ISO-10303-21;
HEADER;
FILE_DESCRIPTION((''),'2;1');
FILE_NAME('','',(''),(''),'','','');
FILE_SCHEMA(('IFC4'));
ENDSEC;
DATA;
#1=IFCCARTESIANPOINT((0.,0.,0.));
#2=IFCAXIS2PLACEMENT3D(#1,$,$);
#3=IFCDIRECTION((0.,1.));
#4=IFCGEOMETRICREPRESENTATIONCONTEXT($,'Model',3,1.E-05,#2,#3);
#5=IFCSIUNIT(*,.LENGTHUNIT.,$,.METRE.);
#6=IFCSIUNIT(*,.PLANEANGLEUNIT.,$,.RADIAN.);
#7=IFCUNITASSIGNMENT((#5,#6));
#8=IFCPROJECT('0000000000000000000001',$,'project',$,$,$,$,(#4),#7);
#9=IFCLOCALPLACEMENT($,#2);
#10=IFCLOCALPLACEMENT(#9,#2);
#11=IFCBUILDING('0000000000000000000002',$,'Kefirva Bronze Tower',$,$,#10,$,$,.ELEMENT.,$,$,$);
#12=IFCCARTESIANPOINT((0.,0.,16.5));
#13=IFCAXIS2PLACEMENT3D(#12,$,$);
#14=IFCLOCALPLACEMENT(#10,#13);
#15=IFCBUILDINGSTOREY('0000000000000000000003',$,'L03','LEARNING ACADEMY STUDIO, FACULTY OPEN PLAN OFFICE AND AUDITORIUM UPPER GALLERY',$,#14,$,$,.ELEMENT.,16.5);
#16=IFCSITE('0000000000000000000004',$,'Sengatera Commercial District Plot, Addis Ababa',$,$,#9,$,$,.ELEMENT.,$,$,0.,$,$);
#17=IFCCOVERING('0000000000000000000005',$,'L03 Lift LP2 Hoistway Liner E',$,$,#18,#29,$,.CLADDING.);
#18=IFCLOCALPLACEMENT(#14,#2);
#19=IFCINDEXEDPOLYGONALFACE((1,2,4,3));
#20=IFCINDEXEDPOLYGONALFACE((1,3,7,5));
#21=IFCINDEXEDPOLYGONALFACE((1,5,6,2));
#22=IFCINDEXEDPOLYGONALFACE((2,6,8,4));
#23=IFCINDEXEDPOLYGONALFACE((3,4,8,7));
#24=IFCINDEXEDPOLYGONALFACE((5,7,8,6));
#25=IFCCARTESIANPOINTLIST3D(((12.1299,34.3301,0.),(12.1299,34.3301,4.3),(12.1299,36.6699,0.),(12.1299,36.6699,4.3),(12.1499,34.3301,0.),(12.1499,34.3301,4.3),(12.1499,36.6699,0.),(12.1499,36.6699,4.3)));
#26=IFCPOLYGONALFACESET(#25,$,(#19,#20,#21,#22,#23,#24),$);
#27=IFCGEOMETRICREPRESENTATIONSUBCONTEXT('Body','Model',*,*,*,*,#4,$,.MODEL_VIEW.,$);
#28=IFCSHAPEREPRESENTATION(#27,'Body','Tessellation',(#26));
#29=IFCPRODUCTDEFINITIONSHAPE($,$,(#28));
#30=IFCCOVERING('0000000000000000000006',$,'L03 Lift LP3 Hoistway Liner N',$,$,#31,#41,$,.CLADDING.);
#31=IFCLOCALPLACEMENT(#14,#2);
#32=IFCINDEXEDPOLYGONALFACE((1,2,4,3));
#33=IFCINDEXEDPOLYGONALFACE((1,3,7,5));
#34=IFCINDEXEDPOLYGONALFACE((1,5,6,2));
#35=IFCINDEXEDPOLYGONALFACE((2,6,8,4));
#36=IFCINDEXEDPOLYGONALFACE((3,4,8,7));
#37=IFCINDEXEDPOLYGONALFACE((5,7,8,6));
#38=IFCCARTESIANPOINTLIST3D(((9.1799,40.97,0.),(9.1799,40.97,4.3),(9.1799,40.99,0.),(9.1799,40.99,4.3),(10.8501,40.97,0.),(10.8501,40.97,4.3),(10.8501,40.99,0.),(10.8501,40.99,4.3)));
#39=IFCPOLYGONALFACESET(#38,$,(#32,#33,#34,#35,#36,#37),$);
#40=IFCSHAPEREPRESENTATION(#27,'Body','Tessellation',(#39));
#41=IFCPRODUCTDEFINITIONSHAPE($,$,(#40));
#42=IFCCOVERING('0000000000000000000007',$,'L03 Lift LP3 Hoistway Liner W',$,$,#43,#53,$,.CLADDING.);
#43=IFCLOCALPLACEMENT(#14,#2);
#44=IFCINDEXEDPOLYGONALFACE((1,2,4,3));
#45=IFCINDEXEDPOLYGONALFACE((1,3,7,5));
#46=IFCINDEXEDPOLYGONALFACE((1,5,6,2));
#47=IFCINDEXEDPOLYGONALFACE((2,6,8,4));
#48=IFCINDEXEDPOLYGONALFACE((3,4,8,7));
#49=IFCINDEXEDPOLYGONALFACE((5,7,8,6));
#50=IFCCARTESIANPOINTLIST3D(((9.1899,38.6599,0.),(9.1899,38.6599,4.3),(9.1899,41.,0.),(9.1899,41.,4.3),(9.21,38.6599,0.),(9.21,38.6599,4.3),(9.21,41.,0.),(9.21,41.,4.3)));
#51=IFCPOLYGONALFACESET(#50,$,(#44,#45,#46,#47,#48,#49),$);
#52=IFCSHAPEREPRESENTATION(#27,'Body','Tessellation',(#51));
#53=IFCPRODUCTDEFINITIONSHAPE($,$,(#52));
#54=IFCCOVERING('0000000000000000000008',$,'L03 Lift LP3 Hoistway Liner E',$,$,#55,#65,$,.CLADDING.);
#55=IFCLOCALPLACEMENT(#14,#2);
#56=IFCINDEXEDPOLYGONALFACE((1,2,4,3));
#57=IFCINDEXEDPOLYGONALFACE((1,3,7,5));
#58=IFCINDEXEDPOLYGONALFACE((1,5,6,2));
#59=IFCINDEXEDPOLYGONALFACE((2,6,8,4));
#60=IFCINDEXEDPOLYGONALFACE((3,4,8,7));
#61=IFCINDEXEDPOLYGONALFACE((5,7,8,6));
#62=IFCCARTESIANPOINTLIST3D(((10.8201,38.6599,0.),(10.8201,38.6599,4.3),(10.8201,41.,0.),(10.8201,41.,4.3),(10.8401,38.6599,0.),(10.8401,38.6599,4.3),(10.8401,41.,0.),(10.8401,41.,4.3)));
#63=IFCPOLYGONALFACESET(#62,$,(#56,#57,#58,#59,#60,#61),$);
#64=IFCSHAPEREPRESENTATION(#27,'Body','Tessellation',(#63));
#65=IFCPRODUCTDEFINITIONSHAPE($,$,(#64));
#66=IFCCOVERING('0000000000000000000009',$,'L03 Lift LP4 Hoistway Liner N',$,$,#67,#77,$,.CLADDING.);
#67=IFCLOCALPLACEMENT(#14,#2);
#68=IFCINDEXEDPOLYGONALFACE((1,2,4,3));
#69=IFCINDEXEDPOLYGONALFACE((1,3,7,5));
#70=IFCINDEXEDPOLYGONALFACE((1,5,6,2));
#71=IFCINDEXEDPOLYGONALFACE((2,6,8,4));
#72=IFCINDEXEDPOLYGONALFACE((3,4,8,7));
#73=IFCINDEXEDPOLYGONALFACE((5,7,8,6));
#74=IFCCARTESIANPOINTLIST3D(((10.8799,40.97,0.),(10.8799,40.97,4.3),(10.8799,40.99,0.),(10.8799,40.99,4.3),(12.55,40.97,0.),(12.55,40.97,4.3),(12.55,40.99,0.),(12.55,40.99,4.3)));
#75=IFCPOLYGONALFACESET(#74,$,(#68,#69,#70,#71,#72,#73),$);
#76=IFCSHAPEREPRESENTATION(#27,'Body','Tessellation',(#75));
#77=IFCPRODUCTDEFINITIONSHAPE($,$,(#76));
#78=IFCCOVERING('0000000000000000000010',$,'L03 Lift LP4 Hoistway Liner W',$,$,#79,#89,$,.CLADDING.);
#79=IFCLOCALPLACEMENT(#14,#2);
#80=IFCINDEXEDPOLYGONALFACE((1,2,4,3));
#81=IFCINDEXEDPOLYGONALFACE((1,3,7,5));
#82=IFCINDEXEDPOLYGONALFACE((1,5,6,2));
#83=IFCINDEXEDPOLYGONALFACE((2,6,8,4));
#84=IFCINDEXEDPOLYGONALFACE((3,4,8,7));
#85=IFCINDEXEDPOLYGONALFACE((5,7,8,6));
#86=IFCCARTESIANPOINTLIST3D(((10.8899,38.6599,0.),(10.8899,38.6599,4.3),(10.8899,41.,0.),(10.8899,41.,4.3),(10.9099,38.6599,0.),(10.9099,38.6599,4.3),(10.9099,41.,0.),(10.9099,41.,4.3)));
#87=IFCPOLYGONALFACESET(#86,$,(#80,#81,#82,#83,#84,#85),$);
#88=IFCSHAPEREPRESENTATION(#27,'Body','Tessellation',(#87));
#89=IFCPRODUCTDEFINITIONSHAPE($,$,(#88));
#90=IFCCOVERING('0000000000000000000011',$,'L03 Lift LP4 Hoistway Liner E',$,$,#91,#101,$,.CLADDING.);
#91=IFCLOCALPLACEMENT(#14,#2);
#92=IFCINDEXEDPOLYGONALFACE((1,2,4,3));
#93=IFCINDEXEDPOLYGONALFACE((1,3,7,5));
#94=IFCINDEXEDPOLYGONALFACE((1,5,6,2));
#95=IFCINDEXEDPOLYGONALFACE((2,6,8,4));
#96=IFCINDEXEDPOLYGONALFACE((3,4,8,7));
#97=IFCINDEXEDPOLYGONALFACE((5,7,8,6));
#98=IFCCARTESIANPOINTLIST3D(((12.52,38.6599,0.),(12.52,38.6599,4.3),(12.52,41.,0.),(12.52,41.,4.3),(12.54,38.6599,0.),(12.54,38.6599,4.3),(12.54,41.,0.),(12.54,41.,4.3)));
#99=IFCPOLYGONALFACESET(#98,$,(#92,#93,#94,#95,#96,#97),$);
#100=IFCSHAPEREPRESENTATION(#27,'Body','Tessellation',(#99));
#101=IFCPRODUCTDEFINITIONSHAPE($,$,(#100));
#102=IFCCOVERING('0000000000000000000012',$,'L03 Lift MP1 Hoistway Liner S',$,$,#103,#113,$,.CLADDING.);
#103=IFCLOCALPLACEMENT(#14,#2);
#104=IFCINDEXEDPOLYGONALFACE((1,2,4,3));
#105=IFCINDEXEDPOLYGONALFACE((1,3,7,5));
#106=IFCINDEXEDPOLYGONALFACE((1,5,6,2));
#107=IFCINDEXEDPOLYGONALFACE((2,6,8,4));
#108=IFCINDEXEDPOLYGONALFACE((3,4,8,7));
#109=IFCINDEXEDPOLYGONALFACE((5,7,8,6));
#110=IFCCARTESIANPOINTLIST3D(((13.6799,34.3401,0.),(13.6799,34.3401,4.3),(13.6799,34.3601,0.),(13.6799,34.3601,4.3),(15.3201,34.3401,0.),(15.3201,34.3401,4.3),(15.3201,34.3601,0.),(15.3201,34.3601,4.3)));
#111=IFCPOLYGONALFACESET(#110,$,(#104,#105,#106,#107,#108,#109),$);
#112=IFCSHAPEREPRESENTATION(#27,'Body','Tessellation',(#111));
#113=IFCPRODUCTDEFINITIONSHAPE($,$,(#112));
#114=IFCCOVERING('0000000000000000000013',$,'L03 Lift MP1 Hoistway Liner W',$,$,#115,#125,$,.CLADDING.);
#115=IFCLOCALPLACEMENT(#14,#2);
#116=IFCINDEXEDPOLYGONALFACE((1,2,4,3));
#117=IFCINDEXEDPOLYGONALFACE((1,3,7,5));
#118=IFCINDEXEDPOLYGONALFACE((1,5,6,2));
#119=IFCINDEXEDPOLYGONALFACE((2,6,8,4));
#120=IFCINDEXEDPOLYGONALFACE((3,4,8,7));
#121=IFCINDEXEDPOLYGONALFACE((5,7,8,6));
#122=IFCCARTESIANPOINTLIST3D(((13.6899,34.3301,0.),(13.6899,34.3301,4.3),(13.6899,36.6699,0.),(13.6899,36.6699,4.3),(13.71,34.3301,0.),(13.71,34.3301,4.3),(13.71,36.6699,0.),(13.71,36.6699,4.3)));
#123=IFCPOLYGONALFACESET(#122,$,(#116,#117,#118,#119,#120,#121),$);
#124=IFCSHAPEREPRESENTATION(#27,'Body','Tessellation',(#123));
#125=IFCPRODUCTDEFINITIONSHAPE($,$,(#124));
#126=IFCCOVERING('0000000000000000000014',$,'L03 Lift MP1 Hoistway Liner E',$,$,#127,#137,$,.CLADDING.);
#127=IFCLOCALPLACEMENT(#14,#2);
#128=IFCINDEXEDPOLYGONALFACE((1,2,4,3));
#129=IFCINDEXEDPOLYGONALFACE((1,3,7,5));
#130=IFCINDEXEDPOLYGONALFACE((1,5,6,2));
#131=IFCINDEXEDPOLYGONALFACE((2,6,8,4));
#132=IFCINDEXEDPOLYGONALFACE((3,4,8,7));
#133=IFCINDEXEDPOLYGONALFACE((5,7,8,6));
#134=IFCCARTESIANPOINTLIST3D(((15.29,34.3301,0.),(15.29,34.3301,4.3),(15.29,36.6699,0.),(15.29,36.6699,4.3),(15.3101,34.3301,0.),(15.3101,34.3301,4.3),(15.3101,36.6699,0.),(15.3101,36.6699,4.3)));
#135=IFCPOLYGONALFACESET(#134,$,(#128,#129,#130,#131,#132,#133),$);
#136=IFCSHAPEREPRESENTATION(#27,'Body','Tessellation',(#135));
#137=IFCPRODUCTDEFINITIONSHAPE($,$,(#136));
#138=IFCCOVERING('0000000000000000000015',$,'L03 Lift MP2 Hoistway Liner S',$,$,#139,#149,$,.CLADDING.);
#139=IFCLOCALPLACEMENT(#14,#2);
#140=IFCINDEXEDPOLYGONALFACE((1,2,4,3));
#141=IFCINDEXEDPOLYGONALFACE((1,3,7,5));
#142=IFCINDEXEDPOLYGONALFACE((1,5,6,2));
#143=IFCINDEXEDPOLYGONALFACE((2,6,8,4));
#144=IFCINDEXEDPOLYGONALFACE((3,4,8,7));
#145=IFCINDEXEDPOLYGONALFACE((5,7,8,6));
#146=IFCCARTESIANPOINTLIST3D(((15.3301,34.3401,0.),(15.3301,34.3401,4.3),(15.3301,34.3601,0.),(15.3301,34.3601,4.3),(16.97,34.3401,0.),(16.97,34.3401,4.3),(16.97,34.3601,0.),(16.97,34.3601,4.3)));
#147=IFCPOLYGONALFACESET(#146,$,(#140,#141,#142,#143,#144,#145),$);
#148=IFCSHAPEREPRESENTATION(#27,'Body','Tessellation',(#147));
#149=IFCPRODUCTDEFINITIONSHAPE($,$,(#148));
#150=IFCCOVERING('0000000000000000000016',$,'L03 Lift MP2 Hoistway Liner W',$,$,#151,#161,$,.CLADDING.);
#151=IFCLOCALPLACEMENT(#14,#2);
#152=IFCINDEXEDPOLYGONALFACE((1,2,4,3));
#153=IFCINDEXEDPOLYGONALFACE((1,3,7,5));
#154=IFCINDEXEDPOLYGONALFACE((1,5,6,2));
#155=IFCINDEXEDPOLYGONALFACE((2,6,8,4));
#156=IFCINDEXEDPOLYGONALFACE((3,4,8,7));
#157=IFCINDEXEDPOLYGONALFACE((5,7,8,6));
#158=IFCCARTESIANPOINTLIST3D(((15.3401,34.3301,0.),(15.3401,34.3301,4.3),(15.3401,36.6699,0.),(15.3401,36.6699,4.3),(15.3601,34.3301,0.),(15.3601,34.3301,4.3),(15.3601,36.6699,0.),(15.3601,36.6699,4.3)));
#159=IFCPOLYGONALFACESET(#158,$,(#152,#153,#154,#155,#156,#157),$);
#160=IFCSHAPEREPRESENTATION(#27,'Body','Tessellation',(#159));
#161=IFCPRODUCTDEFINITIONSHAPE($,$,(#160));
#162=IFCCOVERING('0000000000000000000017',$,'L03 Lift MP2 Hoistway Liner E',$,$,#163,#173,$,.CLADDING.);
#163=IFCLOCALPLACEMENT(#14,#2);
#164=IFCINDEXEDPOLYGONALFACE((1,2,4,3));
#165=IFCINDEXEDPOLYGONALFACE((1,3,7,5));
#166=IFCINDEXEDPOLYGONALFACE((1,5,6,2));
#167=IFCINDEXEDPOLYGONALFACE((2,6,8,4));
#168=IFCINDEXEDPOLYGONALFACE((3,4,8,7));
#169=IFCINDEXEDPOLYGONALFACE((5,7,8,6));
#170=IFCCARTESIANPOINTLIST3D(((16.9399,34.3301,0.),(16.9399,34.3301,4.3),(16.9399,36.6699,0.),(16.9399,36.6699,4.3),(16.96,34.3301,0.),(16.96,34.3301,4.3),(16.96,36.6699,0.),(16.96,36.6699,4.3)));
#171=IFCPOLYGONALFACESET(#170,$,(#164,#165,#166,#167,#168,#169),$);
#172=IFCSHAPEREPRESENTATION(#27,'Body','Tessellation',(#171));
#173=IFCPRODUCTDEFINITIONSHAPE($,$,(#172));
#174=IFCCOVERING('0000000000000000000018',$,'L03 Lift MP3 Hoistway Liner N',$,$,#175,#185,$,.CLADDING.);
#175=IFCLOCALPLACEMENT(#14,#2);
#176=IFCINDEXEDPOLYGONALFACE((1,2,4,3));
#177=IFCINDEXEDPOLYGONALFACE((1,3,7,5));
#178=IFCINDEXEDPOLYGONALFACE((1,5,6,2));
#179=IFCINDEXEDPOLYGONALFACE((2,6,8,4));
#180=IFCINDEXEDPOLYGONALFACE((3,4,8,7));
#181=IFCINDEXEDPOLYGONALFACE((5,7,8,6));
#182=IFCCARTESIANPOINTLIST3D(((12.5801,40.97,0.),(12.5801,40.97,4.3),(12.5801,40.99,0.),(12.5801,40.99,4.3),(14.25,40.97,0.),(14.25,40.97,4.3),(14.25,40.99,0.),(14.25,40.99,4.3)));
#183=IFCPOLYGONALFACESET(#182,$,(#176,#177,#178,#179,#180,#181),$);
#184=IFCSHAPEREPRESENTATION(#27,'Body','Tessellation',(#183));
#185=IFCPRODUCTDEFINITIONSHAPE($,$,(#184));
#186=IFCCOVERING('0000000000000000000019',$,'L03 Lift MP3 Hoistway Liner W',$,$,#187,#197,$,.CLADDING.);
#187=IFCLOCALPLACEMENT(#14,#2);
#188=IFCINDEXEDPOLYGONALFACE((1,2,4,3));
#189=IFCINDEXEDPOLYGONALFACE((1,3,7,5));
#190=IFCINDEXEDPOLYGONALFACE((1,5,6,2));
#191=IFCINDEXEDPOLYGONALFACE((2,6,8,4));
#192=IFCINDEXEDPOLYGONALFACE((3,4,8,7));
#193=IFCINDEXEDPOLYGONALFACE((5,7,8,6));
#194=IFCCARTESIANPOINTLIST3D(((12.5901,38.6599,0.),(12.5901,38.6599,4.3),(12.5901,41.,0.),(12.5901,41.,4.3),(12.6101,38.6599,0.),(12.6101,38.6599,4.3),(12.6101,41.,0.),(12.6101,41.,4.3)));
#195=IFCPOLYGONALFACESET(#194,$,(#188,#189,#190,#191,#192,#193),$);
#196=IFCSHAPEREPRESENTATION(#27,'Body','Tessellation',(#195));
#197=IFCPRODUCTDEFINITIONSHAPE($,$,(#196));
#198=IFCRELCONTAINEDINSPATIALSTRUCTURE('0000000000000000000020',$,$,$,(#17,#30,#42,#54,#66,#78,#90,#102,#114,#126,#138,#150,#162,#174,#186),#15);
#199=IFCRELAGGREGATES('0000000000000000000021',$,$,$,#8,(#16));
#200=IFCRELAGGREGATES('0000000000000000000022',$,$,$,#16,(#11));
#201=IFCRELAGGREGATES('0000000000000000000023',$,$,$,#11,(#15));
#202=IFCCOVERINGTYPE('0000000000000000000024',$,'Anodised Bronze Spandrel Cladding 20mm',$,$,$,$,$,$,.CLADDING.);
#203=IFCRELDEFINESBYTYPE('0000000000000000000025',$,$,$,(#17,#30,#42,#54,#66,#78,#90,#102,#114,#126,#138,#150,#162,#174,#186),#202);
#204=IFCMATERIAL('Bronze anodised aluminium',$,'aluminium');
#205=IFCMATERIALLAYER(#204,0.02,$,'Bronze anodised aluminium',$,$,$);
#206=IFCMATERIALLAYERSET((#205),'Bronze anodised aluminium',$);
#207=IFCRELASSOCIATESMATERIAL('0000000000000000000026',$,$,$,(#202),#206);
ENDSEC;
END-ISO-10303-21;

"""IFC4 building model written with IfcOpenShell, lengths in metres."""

from ifc_helpers import new_model, si_unit, direction, frame, origin, place, context, subcontext, project, spatial, polyline, outline, extrude, material, layer, layer_set, type_object, element, save


model = new_model("IFC4")

# Units and contexts
model_context = context("Model", 3, precision=1e-05, world=origin(), true_north=direction((0.0, 1.0)))
body_context = subcontext(model_context, "Body", "Model", "MODEL_VIEW")
ifc_project = project(units=[si_unit("LENGTHUNIT", "METRE"), si_unit("PLANEANGLEUNIT", "RADIAN")], contexts=[model_context])

# Site, building, storey
site_placement = place(None, origin())
site = spatial("IfcSite", under=ifc_project, at=site_placement, Name="Sengatera Commercial District Plot, Addis Ababa", CompositionType="ELEMENT", RefElevation=0.0)
building_placement = place(site_placement, origin())
building = spatial("IfcBuilding", under=site, at=building_placement, Name="Kefirva Bronze Tower", CompositionType="ELEMENT")
storey_placement = place(building_placement, frame((0.0, 0.0, 16.5)))
storey = spatial("IfcBuildingStorey", under=building, at=storey_placement, Name="L03", Description="LEARNING ACADEMY STUDIO, FACULTY OPEN PLAN OFFICE AND AUDITORIUM UPPER GALLERY", CompositionType="ELEMENT", Elevation=16.5)

# Shared definitions
ifc_material_1 = material(Name="Bronze anodised aluminium", Category="aluminium")

# Coverings
ifc_layer_1 = layer(ifc_material_1, 0.02, Name="Bronze anodised aluminium")
ifc_layer_set_1 = layer_set([ifc_layer_1], Name="Bronze anodised aluminium")
covering_type_1 = type_object("IfcCoveringType", Name="Anodised Bronze Spandrel Cladding 20mm", PredefinedType="CLADDING", material=ifc_layer_set_1)
covering_1_placement = place(storey_placement, origin())
element("IfcCovering", 1, at=covering_1_placement, inside=storey, type_object=covering_type_1, Name="L03 Lift LP2 Hoistway Liner E", PredefinedType="CLADDING", context=body_context, shape_type="SweptSolid", body=[
    extrude(outline(polyline([(12.1299, 34.3301), (12.1499, 34.3301), (12.1499, 36.6699), (12.1299, 36.6699), (12.1299, 34.3301)])), origin(), (0.0, 0.0, 1.0), 4.3),
])
covering_2_placement = place(storey_placement, origin())
element("IfcCovering", 2, at=covering_2_placement, inside=storey, type_object=covering_type_1, Name="L03 Lift LP3 Hoistway Liner N", PredefinedType="CLADDING", context=body_context, shape_type="SweptSolid", body=[
    extrude(outline(polyline([(9.1799, 40.97), (10.8501, 40.97), (10.8501, 40.99), (9.1799, 40.99), (9.1799, 40.97)])), origin(), (0.0, 0.0, 1.0), 4.3),
])
covering_3_placement = place(storey_placement, origin())
element("IfcCovering", 3, at=covering_3_placement, inside=storey, type_object=covering_type_1, Name="L03 Lift LP3 Hoistway Liner W", PredefinedType="CLADDING", context=body_context, shape_type="SweptSolid", body=[
    extrude(outline(polyline([(9.1899, 38.6599), (9.21, 38.6599), (9.21, 41.0), (9.1899, 41.0), (9.1899, 38.6599)])), origin(), (0.0, 0.0, 1.0), 4.3),
])
covering_4_placement = place(storey_placement, origin())
element("IfcCovering", 4, at=covering_4_placement, inside=storey, type_object=covering_type_1, Name="L03 Lift LP3 Hoistway Liner E", PredefinedType="CLADDING", context=body_context, shape_type="SweptSolid", body=[
    extrude(outline(polyline([(10.8201, 38.6599), (10.8401, 38.6599), (10.8401, 41.0), (10.8201, 41.0), (10.8201, 38.6599)])), origin(), (0.0, 0.0, 1.0), 4.3),
])
covering_5_placement = place(storey_placement, origin())
element("IfcCovering", 5, at=covering_5_placement, inside=storey, type_object=covering_type_1, Name="L03 Lift LP4 Hoistway Liner N", PredefinedType="CLADDING", context=body_context, shape_type="SweptSolid", body=[
    extrude(outline(polyline([(10.8799, 40.97), (12.55, 40.97), (12.55, 40.99), (10.8799, 40.99), (10.8799, 40.97)])), origin(), (0.0, 0.0, 1.0), 4.3),
])
covering_6_placement = place(storey_placement, origin())
element("IfcCovering", 6, at=covering_6_placement, inside=storey, type_object=covering_type_1, Name="L03 Lift LP4 Hoistway Liner W", PredefinedType="CLADDING", context=body_context, shape_type="SweptSolid", body=[
    extrude(outline(polyline([(10.8899, 38.6599), (10.9099, 38.6599), (10.9099, 41.0), (10.8899, 41.0), (10.8899, 38.6599)])), origin(), (0.0, 0.0, 1.0), 4.3),
])
covering_7_placement = place(storey_placement, origin())
element("IfcCovering", 7, at=covering_7_placement, inside=storey, type_object=covering_type_1, Name="L03 Lift LP4 Hoistway Liner E", PredefinedType="CLADDING", context=body_context, shape_type="SweptSolid", body=[
    extrude(outline(polyline([(12.52, 38.6599), (12.54, 38.6599), (12.54, 41.0), (12.52, 41.0), (12.52, 38.6599)])), origin(), (0.0, 0.0, 1.0), 4.3),
])
covering_8_placement = place(storey_placement, origin())
element("IfcCovering", 8, at=covering_8_placement, inside=storey, type_object=covering_type_1, Name="L03 Lift MP1 Hoistway Liner S", PredefinedType="CLADDING", context=body_context, shape_type="SweptSolid", body=[
    extrude(outline(polyline([(13.6799, 34.3401), (15.3201, 34.3401), (15.3201, 34.3601), (13.6799, 34.3601), (13.6799, 34.3401)])), origin(), (0.0, 0.0, 1.0), 4.3),
])
covering_9_placement = place(storey_placement, origin())
element("IfcCovering", 9, at=covering_9_placement, inside=storey, type_object=covering_type_1, Name="L03 Lift MP1 Hoistway Liner W", PredefinedType="CLADDING", context=body_context, shape_type="SweptSolid", body=[
    extrude(outline(polyline([(13.6899, 34.3301), (13.71, 34.3301), (13.71, 36.6699), (13.6899, 36.6699), (13.6899, 34.3301)])), origin(), (0.0, 0.0, 1.0), 4.3),
])
covering_10_placement = place(storey_placement, origin())
element("IfcCovering", 10, at=covering_10_placement, inside=storey, type_object=covering_type_1, Name="L03 Lift MP1 Hoistway Liner E", PredefinedType="CLADDING", context=body_context, shape_type="SweptSolid", body=[
    extrude(outline(polyline([(15.29, 34.3301), (15.3101, 34.3301), (15.3101, 36.6699), (15.29, 36.6699), (15.29, 34.3301)])), origin(), (0.0, 0.0, 1.0), 4.3),
])
covering_11_placement = place(storey_placement, origin())
element("IfcCovering", 11, at=covering_11_placement, inside=storey, type_object=covering_type_1, Name="L03 Lift MP2 Hoistway Liner S", PredefinedType="CLADDING", context=body_context, shape_type="SweptSolid", body=[
    extrude(outline(polyline([(15.3301, 34.3401), (16.97, 34.3401), (16.97, 34.3601), (15.3301, 34.3601), (15.3301, 34.3401)])), origin(), (0.0, 0.0, 1.0), 4.3),
])
covering_12_placement = place(storey_placement, origin())
element("IfcCovering", 12, at=covering_12_placement, inside=storey, type_object=covering_type_1, Name="L03 Lift MP2 Hoistway Liner W", PredefinedType="CLADDING", context=body_context, shape_type="SweptSolid", body=[
    extrude(outline(polyline([(15.3401, 34.3301), (15.3601, 34.3301), (15.3601, 36.6699), (15.3401, 36.6699), (15.3401, 34.3301)])), origin(), (0.0, 0.0, 1.0), 4.3),
])
covering_13_placement = place(storey_placement, origin())
element("IfcCovering", 13, at=covering_13_placement, inside=storey, type_object=covering_type_1, Name="L03 Lift MP2 Hoistway Liner E", PredefinedType="CLADDING", context=body_context, shape_type="SweptSolid", body=[
    extrude(outline(polyline([(16.9399, 34.3301), (16.96, 34.3301), (16.96, 36.6699), (16.9399, 36.6699), (16.9399, 34.3301)])), origin(), (0.0, 0.0, 1.0), 4.3),
])
covering_14_placement = place(storey_placement, origin())
element("IfcCovering", 14, at=covering_14_placement, inside=storey, type_object=covering_type_1, Name="L03 Lift MP3 Hoistway Liner N", PredefinedType="CLADDING", context=body_context, shape_type="SweptSolid", body=[
    extrude(outline(polyline([(12.5801, 40.97), (14.25, 40.97), (14.25, 40.99), (12.5801, 40.99), (12.5801, 40.97)])), origin(), (0.0, 0.0, 1.0), 4.3),
])
covering_15_placement = place(storey_placement, origin())
element("IfcCovering", 15, at=covering_15_placement, inside=storey, type_object=covering_type_1, Name="L03 Lift MP3 Hoistway Liner W", PredefinedType="CLADDING", context=body_context, shape_type="SweptSolid", body=[
    extrude(outline(polyline([(12.5901, 38.6599), (12.6101, 38.6599), (12.6101, 41.0), (12.5901, 41.0), (12.5901, 38.6599)])), origin(), (0.0, 0.0, 1.0), 4.3),
])

save(model, "model.ifc")
